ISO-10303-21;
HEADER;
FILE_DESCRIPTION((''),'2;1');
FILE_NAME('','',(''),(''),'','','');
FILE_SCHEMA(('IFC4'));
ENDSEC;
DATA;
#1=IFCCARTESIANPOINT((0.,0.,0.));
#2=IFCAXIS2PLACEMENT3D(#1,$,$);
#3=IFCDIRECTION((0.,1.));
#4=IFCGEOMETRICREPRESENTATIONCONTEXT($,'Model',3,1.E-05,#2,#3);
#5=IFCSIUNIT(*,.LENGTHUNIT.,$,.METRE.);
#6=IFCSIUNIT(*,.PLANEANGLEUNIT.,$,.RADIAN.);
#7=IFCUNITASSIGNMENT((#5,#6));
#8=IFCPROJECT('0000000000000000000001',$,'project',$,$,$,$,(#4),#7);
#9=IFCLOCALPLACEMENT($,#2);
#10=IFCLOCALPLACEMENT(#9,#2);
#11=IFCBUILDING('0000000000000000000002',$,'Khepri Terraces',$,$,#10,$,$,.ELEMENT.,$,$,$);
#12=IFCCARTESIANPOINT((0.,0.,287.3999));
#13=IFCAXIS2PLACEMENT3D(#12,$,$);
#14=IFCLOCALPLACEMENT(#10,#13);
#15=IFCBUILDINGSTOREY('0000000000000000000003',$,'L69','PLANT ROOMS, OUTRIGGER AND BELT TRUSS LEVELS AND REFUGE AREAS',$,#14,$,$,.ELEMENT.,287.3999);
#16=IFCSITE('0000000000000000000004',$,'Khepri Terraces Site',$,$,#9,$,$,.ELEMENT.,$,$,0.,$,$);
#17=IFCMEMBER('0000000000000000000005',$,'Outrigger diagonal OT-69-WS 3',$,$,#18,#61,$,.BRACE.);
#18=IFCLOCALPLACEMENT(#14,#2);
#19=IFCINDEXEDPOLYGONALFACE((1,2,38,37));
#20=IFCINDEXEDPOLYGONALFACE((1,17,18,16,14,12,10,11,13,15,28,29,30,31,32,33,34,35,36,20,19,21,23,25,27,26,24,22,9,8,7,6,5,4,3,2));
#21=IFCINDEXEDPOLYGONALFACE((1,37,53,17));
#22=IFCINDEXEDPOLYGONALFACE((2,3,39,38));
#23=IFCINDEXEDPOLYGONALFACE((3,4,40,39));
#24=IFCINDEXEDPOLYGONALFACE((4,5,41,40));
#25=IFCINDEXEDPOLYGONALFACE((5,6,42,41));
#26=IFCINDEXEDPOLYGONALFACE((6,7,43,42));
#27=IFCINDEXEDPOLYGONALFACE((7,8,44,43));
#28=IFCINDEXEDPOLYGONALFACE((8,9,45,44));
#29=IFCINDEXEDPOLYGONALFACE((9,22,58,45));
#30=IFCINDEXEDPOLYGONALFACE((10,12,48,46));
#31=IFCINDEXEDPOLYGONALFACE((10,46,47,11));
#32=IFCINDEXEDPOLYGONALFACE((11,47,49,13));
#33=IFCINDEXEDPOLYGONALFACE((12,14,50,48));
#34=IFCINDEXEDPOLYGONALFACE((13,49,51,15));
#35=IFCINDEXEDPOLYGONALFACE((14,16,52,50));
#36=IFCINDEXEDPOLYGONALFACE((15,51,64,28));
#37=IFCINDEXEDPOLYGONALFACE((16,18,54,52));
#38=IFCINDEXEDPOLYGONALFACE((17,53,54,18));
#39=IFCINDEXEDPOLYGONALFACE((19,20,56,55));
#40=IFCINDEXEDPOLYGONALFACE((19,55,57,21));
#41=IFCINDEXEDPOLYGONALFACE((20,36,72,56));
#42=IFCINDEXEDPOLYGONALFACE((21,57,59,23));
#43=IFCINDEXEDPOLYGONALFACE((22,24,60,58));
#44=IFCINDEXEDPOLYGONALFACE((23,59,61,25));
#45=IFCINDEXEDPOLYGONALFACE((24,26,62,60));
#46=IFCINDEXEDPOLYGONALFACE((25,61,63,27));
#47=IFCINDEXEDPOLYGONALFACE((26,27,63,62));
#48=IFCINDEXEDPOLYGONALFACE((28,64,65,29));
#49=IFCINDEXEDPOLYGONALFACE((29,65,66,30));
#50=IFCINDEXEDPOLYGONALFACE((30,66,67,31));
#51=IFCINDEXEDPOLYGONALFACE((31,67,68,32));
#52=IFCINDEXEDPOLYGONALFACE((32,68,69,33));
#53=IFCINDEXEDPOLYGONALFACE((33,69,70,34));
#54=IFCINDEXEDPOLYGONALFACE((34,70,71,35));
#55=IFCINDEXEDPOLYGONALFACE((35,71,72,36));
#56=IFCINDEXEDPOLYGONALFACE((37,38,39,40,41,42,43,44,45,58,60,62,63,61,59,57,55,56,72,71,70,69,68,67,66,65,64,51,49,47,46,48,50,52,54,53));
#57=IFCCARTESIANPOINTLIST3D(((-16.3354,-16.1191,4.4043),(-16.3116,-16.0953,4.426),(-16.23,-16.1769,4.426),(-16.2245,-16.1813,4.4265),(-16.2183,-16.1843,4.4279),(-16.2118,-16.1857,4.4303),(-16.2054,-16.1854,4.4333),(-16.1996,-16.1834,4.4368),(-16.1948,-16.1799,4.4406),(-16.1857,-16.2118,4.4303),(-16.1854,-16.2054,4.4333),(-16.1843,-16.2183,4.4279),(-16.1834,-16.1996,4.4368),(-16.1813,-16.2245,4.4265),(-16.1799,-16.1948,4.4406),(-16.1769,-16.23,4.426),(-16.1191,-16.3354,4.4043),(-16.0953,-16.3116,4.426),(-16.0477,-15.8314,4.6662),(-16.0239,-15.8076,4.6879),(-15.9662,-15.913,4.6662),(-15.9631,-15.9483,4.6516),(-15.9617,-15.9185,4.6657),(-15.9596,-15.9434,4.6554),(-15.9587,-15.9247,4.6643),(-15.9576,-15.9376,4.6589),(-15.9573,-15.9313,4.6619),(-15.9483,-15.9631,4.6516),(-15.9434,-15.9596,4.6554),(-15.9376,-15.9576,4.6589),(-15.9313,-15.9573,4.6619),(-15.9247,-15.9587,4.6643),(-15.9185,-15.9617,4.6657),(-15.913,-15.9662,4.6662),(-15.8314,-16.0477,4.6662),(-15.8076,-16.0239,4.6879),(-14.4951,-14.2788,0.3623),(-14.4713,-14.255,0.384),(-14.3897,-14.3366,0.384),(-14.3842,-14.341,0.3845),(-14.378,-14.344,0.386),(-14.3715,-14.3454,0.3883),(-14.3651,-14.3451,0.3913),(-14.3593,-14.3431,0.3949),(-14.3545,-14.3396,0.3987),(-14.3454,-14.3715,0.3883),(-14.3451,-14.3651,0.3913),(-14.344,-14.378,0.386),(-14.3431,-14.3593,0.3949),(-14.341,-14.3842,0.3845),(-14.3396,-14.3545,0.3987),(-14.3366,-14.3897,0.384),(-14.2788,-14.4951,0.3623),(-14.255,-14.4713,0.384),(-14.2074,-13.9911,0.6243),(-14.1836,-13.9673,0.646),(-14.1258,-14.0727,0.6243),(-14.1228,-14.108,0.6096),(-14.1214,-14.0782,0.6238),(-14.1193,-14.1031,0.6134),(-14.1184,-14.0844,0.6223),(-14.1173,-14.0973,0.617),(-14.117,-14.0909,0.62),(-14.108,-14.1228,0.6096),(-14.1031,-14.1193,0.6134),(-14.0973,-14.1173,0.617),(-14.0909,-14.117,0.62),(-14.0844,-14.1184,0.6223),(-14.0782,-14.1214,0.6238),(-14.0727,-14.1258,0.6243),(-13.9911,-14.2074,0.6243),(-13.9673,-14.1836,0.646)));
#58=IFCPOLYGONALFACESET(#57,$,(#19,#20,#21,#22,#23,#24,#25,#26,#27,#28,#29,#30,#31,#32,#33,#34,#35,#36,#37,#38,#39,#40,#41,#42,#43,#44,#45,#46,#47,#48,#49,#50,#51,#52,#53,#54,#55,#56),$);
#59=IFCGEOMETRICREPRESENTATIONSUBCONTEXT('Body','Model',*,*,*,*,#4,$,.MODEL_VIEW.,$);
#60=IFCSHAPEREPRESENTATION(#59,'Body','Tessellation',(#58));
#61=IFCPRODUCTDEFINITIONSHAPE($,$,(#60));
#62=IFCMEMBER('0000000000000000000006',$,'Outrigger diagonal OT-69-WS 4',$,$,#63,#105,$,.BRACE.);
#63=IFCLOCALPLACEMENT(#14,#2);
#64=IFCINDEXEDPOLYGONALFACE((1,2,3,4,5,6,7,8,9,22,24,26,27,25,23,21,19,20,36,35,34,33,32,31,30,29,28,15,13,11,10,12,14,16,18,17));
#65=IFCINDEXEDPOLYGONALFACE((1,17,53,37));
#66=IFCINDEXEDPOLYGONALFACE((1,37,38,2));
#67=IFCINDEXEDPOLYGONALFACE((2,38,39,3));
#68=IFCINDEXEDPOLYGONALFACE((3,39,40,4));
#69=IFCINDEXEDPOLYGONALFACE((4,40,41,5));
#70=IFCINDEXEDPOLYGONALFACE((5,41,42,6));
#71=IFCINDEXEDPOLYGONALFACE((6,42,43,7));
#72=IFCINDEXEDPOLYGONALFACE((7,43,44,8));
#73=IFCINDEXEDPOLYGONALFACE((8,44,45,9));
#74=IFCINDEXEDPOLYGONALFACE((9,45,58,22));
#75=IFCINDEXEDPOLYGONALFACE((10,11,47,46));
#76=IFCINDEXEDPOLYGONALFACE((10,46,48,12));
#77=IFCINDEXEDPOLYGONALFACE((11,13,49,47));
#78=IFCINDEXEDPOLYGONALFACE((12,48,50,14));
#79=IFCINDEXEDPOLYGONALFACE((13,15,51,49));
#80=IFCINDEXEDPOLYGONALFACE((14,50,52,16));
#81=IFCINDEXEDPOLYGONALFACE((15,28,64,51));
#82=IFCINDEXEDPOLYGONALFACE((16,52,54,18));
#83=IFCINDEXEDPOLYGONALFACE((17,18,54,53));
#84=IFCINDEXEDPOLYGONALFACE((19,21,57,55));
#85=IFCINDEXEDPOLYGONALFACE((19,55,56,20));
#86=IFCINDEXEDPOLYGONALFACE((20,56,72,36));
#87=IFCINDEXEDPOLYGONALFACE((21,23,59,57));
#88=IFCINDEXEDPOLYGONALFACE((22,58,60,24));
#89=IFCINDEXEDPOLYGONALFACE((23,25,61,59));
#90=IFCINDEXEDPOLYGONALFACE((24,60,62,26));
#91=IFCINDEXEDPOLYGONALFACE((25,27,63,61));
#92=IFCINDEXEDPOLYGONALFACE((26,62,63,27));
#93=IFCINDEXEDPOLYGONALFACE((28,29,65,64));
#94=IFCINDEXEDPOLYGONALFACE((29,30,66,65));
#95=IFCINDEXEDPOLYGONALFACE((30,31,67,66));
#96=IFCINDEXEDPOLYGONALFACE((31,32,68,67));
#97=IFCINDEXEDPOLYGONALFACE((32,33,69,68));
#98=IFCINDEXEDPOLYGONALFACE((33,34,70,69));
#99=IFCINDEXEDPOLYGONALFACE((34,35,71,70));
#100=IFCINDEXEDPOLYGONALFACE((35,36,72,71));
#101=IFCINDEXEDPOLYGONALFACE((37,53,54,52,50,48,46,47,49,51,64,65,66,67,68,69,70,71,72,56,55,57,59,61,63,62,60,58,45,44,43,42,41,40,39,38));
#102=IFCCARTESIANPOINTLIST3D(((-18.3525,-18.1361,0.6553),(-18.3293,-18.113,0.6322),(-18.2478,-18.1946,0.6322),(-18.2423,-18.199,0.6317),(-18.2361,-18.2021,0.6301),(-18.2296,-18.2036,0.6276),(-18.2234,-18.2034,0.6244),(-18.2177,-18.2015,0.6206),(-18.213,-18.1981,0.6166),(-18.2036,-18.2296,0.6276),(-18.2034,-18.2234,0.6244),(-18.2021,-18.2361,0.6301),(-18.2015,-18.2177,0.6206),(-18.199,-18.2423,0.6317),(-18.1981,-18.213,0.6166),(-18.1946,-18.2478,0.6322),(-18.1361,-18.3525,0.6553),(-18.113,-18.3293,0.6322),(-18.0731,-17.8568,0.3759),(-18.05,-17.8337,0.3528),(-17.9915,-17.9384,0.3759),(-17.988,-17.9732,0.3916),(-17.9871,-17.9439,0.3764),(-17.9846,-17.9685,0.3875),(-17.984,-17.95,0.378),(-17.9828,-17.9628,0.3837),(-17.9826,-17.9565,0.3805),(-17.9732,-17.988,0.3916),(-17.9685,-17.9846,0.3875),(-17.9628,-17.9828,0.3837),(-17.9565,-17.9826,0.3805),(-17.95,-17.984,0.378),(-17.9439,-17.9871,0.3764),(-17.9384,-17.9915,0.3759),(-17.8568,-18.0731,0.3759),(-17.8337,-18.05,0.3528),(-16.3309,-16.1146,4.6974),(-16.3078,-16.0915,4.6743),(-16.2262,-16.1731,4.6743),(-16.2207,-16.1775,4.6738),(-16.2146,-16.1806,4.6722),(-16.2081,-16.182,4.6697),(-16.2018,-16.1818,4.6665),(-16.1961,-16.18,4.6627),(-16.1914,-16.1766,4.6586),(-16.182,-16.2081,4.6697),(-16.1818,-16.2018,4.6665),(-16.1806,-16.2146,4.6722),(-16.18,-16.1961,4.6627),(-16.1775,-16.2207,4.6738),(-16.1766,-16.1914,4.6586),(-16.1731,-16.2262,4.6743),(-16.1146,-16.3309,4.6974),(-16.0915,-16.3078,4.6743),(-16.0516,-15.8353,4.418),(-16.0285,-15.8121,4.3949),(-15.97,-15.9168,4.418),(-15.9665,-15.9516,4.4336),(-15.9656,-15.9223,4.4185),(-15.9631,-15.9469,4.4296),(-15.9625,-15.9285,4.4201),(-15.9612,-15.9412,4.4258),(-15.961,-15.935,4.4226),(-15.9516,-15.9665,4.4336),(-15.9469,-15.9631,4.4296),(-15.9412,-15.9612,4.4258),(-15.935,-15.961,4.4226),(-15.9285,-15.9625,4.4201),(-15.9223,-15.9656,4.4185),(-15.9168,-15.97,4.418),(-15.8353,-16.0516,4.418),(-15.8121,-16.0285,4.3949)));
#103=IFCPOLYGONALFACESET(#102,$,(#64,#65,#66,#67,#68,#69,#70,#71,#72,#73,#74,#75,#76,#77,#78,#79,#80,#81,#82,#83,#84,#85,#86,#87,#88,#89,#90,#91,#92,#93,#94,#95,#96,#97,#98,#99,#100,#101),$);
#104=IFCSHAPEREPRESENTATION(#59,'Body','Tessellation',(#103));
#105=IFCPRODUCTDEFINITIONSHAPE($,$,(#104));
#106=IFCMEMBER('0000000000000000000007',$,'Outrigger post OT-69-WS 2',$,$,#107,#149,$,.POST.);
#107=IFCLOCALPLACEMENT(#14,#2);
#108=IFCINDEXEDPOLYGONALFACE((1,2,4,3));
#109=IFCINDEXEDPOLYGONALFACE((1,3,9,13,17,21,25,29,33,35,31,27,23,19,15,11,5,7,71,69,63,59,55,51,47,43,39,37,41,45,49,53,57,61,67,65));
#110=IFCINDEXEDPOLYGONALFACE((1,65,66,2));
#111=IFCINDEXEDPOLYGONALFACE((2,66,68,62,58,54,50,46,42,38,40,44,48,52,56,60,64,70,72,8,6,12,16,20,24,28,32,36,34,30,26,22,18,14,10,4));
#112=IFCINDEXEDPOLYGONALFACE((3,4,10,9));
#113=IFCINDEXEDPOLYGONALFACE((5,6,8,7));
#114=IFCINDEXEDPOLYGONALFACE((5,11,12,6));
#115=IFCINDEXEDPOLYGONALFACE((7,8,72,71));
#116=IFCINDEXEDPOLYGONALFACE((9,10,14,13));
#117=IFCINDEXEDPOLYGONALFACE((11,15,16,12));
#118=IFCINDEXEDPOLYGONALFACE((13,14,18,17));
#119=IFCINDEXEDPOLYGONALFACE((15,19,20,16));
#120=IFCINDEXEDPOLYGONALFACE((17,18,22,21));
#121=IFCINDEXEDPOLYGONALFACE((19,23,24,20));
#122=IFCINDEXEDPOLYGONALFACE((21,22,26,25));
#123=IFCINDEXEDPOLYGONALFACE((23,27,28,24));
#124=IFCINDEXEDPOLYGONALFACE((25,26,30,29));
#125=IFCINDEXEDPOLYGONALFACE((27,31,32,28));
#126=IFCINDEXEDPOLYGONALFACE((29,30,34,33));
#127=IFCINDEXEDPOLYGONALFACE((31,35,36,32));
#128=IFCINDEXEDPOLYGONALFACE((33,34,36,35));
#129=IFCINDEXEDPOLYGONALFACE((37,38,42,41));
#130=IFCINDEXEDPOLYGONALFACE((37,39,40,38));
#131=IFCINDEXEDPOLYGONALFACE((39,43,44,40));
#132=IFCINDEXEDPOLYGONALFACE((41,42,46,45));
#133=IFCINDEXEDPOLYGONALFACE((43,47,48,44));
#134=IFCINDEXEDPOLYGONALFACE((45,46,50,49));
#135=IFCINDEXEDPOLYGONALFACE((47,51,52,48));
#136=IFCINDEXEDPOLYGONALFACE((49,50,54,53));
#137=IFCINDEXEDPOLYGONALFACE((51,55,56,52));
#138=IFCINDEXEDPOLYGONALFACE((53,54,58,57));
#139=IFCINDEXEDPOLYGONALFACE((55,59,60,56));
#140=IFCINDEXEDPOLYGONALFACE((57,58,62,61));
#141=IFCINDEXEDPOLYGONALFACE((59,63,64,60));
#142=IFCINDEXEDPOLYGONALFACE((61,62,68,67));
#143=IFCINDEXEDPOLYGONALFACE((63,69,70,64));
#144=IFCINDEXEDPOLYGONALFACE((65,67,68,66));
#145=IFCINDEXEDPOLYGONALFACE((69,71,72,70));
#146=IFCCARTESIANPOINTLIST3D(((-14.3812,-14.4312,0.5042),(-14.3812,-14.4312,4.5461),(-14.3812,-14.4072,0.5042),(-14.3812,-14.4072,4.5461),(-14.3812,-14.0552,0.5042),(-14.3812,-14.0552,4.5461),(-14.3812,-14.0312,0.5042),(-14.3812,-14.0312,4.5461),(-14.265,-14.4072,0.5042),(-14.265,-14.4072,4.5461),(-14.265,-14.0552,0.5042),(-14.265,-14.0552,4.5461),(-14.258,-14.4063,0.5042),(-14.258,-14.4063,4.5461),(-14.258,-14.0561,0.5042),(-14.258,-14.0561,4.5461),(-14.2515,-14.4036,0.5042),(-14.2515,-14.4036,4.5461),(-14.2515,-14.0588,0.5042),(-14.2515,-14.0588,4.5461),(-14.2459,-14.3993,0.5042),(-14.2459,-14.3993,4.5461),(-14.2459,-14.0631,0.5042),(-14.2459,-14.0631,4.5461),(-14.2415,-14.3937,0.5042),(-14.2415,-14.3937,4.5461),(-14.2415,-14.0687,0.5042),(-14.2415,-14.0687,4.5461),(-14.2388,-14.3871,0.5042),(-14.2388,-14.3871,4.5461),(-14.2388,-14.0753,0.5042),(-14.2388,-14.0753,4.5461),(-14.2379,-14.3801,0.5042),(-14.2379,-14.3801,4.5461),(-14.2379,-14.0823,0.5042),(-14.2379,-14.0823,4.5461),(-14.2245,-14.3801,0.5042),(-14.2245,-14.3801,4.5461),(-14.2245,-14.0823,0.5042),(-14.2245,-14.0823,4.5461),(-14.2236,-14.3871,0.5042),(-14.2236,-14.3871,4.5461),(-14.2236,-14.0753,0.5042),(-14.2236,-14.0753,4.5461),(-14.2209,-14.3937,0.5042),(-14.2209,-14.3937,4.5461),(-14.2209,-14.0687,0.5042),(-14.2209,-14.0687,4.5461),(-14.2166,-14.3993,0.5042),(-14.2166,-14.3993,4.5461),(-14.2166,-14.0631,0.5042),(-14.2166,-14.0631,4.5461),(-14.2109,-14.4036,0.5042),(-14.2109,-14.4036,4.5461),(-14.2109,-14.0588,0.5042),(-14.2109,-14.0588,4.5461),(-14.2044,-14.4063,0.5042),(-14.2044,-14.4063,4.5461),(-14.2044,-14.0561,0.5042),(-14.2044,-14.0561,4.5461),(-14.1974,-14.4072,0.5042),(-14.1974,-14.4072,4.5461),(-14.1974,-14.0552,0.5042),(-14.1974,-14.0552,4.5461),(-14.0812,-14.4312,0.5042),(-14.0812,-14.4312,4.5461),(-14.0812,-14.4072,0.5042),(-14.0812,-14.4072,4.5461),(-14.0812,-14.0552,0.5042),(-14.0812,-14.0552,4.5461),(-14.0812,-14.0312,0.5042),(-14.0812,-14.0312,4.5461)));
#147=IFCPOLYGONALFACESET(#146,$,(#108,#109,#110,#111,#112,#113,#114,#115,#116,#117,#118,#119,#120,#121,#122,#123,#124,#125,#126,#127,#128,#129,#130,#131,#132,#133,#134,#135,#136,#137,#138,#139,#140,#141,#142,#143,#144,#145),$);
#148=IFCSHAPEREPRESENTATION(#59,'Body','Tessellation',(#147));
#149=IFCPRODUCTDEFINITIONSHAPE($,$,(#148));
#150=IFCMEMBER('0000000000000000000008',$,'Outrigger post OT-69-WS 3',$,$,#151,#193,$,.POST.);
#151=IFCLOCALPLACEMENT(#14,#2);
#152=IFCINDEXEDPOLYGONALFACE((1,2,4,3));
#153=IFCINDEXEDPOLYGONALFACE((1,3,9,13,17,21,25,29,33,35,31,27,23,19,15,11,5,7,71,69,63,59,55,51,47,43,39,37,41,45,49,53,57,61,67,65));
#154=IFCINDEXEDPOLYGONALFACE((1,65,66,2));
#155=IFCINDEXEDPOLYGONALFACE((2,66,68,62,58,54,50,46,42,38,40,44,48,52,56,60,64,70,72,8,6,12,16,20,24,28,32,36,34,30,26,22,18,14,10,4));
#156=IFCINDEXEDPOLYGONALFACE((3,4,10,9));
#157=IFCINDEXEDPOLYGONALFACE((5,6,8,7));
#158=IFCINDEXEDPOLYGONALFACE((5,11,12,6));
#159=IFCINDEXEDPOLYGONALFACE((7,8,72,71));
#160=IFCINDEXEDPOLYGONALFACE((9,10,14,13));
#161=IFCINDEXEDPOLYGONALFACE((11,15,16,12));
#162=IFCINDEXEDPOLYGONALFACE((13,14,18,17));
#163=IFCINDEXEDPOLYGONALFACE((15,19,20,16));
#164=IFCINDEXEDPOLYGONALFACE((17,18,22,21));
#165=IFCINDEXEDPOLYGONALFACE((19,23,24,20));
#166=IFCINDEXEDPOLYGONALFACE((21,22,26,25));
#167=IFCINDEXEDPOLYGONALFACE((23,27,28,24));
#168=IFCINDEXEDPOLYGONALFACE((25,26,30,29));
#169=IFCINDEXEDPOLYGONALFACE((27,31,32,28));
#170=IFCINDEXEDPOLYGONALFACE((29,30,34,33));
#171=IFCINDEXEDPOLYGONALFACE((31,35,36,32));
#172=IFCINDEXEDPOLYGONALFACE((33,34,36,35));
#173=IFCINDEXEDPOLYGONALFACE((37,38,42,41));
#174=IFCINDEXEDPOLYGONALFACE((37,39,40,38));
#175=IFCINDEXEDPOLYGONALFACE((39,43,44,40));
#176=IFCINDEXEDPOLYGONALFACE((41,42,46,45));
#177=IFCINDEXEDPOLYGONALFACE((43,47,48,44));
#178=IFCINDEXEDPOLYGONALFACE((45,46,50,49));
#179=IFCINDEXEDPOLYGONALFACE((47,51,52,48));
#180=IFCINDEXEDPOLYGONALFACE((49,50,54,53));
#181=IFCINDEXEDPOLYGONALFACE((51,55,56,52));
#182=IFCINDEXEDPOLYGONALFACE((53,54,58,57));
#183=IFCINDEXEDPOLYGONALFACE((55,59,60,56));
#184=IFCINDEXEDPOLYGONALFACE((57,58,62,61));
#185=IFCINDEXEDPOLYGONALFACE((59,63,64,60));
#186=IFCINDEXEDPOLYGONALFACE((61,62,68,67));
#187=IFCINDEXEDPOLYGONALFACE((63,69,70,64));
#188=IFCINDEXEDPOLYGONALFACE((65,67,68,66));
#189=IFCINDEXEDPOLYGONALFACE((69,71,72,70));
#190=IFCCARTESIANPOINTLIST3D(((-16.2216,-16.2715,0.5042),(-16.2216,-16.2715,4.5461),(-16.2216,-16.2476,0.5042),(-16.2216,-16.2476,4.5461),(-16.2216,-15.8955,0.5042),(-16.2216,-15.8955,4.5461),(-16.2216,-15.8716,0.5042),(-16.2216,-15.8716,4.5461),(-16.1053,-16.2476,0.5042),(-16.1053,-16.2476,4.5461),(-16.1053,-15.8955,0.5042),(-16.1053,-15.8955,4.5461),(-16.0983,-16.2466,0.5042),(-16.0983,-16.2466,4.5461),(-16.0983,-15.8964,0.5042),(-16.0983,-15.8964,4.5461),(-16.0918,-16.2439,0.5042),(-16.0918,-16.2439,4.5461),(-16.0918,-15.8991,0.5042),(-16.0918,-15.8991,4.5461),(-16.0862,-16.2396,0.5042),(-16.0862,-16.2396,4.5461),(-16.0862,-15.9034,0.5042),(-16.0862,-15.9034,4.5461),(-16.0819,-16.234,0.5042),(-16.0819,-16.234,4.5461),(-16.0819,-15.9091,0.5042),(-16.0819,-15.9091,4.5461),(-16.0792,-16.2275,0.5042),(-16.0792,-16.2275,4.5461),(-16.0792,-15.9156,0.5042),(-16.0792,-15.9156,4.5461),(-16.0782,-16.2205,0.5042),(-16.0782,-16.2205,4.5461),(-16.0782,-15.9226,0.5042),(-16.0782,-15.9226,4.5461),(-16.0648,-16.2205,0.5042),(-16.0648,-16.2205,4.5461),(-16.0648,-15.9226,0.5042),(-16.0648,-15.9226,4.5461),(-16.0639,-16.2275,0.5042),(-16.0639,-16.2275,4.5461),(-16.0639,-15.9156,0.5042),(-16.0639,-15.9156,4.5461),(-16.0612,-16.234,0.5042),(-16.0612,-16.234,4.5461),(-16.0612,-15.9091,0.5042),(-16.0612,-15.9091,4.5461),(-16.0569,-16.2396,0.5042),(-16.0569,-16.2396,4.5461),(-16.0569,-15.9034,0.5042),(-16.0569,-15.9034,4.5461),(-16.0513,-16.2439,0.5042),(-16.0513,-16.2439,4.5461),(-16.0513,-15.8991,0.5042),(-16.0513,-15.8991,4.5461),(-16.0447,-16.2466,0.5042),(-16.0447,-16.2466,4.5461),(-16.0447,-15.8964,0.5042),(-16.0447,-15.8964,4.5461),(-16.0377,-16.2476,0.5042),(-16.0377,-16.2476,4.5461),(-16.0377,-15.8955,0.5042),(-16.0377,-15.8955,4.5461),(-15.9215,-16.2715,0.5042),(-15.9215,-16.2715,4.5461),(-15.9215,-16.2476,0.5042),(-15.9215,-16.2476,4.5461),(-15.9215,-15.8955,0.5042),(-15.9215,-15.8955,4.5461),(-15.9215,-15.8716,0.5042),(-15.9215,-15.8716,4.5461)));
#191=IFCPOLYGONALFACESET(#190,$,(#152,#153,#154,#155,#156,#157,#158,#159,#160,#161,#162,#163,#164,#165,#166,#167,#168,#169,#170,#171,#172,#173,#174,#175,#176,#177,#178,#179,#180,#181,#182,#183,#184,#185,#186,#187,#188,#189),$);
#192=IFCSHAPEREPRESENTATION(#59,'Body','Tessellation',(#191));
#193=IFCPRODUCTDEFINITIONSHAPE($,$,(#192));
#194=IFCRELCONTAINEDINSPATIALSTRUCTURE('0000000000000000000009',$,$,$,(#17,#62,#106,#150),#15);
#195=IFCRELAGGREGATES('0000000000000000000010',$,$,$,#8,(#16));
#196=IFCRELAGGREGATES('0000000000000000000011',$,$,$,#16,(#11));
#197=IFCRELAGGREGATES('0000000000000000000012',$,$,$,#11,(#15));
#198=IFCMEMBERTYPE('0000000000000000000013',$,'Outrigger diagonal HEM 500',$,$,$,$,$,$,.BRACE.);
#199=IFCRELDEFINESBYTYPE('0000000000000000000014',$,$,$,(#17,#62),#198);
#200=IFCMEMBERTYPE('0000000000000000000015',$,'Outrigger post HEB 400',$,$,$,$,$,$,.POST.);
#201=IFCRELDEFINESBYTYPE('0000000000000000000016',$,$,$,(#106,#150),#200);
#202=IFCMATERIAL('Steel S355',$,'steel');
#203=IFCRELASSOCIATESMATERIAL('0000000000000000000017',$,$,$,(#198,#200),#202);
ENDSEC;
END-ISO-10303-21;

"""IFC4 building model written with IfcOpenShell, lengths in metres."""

from ifc_helpers import new_model, si_unit, direction, frame, origin, origin_2d, place, context, subcontext, project, spatial, i_section, extrude, material, material_profile, profile_set, type_object, element, save


model = new_model("IFC4")

# Units and contexts
model_context = context("Model", 3, precision=1e-05, world=origin(), true_north=direction((0.0, 1.0)))
body_context = subcontext(model_context, "Body", "Model", "MODEL_VIEW")
ifc_project = project(units=[si_unit("LENGTHUNIT", "METRE"), si_unit("PLANEANGLEUNIT", "RADIAN")], contexts=[model_context])

# Site, building, storey
site_placement = place(None, origin())
site = spatial("IfcSite", under=ifc_project, at=site_placement, Name="Khepri Terraces Site", CompositionType="ELEMENT", RefElevation=0.0)
building_placement = place(site_placement, origin())
building = spatial("IfcBuilding", under=site, at=building_placement, Name="Khepri Terraces", CompositionType="ELEMENT")
storey_placement = place(building_placement, frame((0.0, 0.0, 287.3999)))
storey = spatial("IfcBuildingStorey", under=building, at=storey_placement, Name="L69", Description="PLANT ROOMS, OUTRIGGER AND BELT TRUSS LEVELS AND REFUGE AREAS", CompositionType="ELEMENT", Elevation=287.3999)

# Members
ifc_material_1 = material(Name="Steel S355", Category="steel")
ifc_material_profile_1 = material_profile(ifc_material_1, i_section(OverallWidth=0.3059, OverallDepth=0.5239, WebThickness=0.021, FlangeThickness=0.04, FilletRadius=0.0271, at=origin_2d()), Name="Steel S355", Category="steel")
ifc_profile_set_1 = profile_set([ifc_material_profile_1], Name="Steel S355")
member_type_1 = type_object("IfcMemberType", Name="Outrigger diagonal HEM 500", PredefinedType="BRACE", material=ifc_profile_set_1)
member_1_placement = place(storey_placement, frame((-14.2312, -14.2312, 0.5042), z_axis=(-0.38281, -0.38281, 0.840781), x_axis=(0.707107, -0.707107, 0.0)))
element("IfcMember", 1, at=member_1_placement, inside=storey, type_object=member_type_1, Name="Outrigger diagonal OT-69-WS 3", PredefinedType="BRACE", context=body_context, shape_type="SweptSolid", body=[
    extrude(i_section(OverallWidth=0.3059, OverallDepth=0.5239, WebThickness=0.021, FlangeThickness=0.04, FilletRadius=0.0271, at=origin_2d()), origin(), (0.0, 0.0, 1.0), 4.8074),
])
member_2_placement = place(storey_placement, frame((-16.0715, -16.0715, 4.5461), z_axis=(-0.408314, -0.408314, -0.816431), x_axis=(0.707107, -0.707107, 0.0)))
element("IfcMember", 2, at=member_2_placement, inside=storey, type_object=member_type_1, Name="Outrigger diagonal OT-69-WS 4", PredefinedType="BRACE", context=body_context, shape_type="SweptSolid", body=[
    extrude(i_section(OverallWidth=0.3059, OverallDepth=0.5239, WebThickness=0.021, FlangeThickness=0.04, FilletRadius=0.0271, at=origin_2d()), origin(), (0.0, 0.0, 1.0), 4.9509),
])
ifc_material_profile_2 = material_profile(ifc_material_1, i_section(OverallWidth=0.3, OverallDepth=0.3999, WebThickness=0.0134, FlangeThickness=0.0239, FilletRadius=0.0271, at=origin_2d()), Name="Steel S355", Category="steel")
ifc_profile_set_2 = profile_set([ifc_material_profile_2], Name="Steel S355")
member_type_2 = type_object("IfcMemberType", Name="Outrigger post HEB 400", PredefinedType="POST", material=ifc_profile_set_2)
for number, where, z_axis, x_axis, name in (
    (3, (-14.2312, -14.2312, 0.5042), (0.0, 0.0, 1.0), (1.0, 0.0, 0.0), "Outrigger post OT-69-WS 2"),
    (4, (-16.0715, -16.0715, 0.5042), (0.0, 0.0, 1.0), (1.0, 0.0, 0.0), "Outrigger post OT-69-WS 3"),
):
    element("IfcMember", number, at=place(storey_placement, frame(where, z_axis=z_axis, x_axis=x_axis)), inside=storey, type_object=member_type_2, Name=name, PredefinedType="POST", context=body_context, shape_type="SweptSolid", body=[
        extrude(i_section(OverallWidth=0.3, OverallDepth=0.3999, WebThickness=0.0134, FlangeThickness=0.0239, FilletRadius=0.0271, at=origin_2d()), origin(), (0.0, 0.0, 1.0), 4.042),
    ])

save(model, "model.ifc")
